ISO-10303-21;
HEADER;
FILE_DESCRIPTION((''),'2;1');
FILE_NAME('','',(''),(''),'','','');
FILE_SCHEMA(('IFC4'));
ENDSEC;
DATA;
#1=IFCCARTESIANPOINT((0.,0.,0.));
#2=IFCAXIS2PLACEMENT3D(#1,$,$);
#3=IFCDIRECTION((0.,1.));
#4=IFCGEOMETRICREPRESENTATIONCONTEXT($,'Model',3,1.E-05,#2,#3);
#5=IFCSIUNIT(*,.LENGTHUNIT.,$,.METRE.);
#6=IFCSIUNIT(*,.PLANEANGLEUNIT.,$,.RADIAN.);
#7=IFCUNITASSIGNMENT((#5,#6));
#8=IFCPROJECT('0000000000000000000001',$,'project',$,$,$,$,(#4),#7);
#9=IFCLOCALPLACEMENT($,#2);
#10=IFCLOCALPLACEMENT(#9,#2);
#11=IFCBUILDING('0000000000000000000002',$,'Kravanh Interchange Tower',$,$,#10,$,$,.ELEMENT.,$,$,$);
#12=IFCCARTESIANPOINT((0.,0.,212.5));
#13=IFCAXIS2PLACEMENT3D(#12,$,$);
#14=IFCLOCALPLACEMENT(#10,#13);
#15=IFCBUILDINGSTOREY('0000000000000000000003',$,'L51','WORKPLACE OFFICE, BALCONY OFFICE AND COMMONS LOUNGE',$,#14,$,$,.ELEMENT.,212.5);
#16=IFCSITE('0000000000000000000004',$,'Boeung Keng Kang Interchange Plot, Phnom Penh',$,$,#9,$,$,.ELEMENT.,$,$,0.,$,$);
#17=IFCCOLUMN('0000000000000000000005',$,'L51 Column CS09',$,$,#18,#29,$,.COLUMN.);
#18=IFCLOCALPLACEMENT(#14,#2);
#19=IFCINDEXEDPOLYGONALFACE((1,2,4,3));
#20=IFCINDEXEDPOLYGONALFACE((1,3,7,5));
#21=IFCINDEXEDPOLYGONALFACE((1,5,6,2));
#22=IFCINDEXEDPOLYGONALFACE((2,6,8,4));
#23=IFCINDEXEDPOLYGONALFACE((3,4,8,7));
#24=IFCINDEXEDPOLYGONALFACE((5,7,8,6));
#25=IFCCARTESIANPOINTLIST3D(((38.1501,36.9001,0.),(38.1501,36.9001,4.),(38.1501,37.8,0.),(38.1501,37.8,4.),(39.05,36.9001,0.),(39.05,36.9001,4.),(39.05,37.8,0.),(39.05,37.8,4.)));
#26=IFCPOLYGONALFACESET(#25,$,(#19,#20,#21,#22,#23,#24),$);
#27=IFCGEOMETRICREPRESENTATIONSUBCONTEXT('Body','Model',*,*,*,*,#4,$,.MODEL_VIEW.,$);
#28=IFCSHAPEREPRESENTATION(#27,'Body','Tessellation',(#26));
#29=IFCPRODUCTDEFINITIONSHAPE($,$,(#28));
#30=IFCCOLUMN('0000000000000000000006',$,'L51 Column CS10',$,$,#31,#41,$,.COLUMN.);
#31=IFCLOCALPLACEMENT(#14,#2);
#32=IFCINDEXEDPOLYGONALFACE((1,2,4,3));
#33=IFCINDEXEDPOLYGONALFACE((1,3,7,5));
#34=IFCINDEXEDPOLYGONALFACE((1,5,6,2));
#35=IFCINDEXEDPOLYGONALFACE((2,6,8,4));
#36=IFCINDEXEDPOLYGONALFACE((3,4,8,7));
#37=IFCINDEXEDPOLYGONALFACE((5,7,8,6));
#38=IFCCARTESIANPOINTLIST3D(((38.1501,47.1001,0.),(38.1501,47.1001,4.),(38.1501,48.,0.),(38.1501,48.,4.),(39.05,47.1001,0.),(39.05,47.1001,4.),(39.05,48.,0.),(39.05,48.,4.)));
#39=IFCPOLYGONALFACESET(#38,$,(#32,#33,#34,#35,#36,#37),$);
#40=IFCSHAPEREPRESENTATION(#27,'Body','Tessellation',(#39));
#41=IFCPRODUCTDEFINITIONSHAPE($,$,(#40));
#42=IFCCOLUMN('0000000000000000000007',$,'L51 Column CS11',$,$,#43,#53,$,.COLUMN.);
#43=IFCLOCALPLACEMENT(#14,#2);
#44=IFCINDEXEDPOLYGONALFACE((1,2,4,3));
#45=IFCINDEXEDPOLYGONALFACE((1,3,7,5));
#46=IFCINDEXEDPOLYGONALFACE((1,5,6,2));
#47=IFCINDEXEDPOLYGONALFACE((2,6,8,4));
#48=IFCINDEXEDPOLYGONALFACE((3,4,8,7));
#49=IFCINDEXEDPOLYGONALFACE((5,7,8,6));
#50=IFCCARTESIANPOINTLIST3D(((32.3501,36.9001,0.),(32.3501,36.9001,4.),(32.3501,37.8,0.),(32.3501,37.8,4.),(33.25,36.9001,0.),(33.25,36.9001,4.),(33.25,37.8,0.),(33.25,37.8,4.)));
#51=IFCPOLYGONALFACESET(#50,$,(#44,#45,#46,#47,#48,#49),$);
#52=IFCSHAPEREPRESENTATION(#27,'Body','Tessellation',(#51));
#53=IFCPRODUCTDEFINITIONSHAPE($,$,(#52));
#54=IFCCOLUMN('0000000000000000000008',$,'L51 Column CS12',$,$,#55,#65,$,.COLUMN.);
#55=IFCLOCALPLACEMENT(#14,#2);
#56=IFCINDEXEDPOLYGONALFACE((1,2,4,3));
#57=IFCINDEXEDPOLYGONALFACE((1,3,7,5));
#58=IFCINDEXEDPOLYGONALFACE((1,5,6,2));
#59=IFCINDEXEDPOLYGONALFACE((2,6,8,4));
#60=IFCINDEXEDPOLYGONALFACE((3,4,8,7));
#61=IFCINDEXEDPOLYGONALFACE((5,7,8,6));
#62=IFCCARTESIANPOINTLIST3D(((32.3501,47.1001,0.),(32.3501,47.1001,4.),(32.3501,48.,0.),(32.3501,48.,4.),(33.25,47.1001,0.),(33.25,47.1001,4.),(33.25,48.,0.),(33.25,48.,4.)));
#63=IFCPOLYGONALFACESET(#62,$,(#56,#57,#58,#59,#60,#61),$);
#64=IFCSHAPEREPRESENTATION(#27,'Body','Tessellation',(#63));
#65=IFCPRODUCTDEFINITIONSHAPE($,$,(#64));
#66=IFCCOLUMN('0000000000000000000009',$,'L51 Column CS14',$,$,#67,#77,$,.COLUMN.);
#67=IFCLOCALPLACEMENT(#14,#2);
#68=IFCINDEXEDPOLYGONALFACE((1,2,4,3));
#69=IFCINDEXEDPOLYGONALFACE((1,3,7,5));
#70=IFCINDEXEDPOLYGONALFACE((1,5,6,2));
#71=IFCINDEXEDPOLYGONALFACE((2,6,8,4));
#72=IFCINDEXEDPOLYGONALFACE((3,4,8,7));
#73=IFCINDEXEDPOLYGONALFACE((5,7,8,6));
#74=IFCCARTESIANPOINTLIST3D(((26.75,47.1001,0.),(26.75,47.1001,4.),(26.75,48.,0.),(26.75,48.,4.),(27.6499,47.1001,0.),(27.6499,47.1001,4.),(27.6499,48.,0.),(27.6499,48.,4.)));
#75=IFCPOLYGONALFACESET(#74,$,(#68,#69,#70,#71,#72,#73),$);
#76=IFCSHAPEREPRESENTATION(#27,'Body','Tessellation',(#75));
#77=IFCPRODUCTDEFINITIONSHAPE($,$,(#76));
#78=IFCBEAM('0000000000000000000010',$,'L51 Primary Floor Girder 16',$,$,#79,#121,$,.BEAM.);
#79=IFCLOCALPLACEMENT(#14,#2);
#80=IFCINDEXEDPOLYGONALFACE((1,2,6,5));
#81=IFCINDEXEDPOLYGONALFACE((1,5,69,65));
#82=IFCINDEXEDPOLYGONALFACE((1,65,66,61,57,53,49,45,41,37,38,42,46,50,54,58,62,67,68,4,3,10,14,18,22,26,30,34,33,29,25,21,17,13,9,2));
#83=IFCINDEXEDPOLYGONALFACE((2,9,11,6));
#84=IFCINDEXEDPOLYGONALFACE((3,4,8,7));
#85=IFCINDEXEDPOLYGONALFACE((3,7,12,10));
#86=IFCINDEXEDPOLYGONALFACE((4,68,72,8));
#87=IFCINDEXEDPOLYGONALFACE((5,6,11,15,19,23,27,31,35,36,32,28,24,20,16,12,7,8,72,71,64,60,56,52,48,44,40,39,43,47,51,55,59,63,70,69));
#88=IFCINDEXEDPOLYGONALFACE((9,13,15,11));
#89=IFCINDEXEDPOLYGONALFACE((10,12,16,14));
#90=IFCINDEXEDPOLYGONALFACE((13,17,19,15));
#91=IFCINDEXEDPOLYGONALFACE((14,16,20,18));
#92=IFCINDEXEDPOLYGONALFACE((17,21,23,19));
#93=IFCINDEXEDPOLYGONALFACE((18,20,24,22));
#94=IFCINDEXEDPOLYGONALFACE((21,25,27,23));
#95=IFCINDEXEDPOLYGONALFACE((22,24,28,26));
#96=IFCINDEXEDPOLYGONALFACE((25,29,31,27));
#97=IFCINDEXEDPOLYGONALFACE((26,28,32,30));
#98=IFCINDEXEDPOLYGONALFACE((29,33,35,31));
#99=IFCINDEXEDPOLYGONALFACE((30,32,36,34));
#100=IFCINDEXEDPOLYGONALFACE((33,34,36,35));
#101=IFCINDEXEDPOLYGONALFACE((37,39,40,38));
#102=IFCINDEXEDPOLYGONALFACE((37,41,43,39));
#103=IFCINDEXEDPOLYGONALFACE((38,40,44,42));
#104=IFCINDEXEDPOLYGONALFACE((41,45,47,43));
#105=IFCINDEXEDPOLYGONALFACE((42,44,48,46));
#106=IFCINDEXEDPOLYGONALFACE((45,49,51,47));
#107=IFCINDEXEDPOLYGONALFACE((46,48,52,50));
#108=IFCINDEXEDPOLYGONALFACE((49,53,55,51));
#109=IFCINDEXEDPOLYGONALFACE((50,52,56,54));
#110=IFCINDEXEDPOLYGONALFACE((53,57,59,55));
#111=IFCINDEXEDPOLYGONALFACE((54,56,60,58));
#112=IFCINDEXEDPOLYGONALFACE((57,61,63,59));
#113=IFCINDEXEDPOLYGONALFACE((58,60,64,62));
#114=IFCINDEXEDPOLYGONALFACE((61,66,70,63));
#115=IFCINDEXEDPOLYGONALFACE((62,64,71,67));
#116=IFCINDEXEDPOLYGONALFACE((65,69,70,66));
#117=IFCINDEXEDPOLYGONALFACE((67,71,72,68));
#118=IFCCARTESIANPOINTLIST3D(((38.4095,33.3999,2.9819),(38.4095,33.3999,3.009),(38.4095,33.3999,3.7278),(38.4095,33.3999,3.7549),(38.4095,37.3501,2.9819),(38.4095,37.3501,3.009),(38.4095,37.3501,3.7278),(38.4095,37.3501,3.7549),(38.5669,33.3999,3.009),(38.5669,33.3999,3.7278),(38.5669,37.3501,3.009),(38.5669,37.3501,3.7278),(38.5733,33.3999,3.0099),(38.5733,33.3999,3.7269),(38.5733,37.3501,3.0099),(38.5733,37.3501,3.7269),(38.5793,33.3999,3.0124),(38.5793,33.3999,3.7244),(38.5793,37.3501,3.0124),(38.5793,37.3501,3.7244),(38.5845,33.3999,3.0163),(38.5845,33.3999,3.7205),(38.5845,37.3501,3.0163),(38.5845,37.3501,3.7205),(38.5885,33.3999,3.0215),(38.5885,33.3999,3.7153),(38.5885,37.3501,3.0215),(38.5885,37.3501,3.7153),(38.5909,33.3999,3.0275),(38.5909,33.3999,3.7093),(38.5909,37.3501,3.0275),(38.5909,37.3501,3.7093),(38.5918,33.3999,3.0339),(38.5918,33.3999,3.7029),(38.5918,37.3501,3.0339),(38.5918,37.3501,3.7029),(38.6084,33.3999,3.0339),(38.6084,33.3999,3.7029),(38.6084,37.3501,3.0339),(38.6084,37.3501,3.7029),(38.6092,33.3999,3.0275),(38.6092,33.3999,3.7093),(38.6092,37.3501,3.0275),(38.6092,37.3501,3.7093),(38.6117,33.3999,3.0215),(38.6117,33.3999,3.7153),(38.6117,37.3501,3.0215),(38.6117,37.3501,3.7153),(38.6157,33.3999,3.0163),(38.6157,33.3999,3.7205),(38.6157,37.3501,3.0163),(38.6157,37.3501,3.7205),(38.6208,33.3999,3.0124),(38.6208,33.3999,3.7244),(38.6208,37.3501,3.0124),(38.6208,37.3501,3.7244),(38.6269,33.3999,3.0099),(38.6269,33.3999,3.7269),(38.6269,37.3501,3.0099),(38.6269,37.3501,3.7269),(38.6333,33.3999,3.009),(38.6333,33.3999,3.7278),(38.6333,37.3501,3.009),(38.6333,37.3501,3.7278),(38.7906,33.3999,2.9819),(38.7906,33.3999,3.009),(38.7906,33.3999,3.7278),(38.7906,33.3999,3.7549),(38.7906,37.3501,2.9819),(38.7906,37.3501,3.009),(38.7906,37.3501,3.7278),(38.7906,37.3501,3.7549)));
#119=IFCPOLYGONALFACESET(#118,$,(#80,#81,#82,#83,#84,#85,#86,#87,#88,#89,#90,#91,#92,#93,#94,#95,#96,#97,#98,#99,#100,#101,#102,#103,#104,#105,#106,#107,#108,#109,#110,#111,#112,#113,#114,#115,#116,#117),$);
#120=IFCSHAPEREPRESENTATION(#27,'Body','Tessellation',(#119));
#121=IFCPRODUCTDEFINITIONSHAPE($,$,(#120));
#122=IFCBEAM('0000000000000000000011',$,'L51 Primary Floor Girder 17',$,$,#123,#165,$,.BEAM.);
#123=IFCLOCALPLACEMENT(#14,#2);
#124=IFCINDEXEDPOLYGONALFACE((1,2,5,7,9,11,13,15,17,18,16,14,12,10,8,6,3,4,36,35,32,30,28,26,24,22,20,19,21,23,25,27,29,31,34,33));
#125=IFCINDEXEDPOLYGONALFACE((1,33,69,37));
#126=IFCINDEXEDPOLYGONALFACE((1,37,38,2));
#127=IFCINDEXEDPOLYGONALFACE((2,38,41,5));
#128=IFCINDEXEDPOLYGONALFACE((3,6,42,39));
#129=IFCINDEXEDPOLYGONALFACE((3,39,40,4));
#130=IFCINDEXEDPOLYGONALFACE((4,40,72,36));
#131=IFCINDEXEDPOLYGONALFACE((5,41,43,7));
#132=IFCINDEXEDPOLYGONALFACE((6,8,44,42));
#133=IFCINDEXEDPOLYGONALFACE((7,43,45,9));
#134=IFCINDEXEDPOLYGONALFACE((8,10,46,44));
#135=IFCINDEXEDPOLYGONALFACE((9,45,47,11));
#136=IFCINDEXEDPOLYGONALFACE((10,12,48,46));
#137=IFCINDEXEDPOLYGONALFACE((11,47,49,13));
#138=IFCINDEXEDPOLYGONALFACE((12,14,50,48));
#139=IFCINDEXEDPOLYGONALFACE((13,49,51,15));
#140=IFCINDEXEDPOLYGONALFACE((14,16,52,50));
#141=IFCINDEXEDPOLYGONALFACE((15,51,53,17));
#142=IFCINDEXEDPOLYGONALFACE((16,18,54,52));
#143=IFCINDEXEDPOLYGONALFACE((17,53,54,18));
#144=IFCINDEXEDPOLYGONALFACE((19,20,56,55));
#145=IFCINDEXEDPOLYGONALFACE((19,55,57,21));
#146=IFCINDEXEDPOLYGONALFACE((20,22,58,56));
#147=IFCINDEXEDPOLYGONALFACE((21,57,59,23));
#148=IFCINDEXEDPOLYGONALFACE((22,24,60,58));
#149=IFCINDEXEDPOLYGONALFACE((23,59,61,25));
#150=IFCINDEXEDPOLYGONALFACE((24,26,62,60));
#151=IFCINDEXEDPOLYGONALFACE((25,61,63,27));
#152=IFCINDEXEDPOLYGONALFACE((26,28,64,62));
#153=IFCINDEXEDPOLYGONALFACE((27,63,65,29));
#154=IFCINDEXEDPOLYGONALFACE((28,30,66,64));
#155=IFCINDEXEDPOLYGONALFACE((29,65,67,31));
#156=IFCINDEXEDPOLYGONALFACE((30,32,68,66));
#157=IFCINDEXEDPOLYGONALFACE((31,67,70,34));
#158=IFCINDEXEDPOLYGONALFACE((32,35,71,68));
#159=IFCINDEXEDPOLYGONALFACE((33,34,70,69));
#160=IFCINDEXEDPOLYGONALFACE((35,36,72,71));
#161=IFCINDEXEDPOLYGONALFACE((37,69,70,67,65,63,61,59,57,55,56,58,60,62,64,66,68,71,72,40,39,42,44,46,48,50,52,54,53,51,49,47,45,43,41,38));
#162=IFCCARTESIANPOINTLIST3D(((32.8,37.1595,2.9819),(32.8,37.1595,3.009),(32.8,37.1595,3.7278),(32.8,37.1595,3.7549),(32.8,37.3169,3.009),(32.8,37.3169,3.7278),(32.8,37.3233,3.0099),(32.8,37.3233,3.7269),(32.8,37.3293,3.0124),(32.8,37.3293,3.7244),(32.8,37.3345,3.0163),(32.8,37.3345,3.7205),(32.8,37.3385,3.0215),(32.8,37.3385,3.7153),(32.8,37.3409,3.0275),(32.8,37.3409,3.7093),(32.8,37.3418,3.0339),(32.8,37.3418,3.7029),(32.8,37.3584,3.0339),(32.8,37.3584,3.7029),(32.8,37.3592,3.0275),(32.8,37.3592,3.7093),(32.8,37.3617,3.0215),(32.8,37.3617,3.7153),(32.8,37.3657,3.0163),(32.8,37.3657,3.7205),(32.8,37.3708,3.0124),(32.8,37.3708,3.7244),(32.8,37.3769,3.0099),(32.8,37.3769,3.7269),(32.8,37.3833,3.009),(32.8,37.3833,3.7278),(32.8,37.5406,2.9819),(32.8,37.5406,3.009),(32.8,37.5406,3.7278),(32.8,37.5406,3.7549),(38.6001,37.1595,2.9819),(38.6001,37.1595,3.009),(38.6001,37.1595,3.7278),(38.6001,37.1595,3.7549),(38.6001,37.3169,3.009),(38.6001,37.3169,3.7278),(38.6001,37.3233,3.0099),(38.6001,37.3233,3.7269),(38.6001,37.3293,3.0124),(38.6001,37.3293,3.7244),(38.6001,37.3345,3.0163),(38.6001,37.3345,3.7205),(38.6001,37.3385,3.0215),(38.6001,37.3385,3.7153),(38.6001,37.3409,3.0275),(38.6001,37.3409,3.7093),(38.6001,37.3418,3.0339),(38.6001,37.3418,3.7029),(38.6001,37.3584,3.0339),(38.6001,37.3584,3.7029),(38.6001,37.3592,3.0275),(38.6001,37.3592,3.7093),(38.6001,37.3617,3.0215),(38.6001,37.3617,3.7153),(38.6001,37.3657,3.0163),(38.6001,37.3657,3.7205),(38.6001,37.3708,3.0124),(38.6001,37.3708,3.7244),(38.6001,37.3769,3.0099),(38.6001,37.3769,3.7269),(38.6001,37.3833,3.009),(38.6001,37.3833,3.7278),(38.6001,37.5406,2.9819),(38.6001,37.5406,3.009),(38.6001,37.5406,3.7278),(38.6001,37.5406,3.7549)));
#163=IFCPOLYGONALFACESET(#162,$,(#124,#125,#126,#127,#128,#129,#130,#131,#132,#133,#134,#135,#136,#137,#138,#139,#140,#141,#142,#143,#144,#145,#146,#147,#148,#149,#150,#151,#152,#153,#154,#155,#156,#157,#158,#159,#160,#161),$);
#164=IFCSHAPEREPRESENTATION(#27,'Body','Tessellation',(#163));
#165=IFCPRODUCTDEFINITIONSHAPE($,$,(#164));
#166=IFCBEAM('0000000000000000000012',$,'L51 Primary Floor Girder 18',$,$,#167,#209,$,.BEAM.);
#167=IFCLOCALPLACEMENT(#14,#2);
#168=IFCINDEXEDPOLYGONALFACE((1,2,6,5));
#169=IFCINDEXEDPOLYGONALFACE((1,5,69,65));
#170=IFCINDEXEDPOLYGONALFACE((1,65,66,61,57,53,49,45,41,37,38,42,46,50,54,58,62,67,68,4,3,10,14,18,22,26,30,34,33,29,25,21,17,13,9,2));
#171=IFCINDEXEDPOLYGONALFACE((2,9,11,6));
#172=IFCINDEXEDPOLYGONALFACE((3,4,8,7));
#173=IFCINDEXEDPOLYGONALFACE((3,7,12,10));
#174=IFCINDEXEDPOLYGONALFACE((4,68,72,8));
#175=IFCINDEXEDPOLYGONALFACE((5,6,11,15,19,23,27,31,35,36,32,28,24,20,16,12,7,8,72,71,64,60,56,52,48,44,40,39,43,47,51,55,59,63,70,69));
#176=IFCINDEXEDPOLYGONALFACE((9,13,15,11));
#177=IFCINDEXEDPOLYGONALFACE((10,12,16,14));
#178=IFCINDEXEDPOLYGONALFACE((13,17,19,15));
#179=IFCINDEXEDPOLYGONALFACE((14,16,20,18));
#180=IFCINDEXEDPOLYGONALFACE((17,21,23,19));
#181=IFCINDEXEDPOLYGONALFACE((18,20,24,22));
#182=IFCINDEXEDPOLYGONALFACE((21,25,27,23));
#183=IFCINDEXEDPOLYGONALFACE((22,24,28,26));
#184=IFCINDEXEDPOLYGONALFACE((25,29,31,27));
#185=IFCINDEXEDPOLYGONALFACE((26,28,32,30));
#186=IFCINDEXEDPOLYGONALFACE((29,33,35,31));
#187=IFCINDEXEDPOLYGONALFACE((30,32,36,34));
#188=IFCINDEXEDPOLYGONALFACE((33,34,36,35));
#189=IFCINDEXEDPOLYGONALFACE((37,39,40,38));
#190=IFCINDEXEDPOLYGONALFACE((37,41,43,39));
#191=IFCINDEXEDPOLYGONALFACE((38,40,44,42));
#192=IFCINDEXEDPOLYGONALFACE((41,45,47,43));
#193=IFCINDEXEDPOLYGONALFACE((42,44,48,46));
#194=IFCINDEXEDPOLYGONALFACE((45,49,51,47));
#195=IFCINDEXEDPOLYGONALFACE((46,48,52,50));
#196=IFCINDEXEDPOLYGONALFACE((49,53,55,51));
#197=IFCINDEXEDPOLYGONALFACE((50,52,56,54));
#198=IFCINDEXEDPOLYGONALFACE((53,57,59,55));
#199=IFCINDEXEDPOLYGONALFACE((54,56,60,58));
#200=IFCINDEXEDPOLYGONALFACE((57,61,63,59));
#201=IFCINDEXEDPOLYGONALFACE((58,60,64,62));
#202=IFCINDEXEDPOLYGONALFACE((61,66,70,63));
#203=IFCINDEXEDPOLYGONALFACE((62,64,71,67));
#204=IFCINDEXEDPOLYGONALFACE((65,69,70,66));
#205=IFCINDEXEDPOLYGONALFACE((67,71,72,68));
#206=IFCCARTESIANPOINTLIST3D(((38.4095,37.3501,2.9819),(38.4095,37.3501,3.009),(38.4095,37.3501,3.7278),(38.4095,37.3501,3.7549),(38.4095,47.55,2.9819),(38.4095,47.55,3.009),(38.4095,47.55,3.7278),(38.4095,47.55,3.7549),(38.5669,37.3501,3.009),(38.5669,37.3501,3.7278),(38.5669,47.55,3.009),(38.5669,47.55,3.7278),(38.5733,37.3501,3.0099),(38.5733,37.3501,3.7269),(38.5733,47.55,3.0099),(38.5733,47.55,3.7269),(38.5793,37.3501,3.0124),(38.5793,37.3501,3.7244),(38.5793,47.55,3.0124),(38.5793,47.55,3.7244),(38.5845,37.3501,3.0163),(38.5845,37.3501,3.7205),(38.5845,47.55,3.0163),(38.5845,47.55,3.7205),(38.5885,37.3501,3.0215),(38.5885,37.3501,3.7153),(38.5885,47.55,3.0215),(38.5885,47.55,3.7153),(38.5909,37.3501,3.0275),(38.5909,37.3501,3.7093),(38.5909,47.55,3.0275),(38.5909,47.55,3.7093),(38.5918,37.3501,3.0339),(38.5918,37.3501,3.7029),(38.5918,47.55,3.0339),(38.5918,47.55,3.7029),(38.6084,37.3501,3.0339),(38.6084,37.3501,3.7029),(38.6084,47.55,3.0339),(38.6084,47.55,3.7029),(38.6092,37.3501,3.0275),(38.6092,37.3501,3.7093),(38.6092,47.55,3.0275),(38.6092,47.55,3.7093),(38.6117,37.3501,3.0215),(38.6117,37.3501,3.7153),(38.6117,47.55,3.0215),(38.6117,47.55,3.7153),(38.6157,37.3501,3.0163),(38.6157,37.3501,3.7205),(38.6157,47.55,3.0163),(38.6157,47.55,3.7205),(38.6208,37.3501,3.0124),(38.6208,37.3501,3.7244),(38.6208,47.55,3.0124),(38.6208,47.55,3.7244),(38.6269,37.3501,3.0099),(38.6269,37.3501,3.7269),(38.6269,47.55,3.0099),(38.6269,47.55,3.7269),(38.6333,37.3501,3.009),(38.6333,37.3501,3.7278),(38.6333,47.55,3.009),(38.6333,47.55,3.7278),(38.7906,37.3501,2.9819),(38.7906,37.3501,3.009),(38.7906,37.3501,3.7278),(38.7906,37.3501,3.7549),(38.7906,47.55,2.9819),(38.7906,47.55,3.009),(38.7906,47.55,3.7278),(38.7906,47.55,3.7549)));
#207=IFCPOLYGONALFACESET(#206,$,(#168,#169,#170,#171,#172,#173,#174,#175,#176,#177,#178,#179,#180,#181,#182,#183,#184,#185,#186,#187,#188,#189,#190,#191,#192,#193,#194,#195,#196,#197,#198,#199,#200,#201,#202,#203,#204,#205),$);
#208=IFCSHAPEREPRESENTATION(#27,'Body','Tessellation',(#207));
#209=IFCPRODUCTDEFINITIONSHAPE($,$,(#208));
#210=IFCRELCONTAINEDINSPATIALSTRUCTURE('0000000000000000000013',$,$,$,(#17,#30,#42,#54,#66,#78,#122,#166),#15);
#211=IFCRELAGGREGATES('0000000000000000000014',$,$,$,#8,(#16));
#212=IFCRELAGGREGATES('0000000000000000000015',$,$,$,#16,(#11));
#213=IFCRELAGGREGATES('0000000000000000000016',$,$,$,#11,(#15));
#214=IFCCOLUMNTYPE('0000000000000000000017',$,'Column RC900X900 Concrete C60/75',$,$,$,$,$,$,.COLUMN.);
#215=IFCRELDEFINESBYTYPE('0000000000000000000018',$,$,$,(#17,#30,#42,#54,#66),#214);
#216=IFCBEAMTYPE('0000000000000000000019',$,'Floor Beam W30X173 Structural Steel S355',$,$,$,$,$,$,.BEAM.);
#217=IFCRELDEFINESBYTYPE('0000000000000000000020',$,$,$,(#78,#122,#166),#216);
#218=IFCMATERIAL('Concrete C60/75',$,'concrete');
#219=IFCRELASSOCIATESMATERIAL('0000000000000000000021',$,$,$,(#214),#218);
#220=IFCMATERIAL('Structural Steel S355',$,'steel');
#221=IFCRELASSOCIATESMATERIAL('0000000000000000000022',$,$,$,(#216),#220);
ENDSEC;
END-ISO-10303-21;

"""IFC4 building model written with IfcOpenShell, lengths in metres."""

from ifc_helpers import new_model, si_unit, direction, frame, origin, origin_2d, place, context, subcontext, project, spatial, rectangle, i_section, extrude, material, material_profile, profile_set, type_object, element, save


model = new_model("IFC4")

# Units and contexts
model_context = context("Model", 3, precision=1e-05, world=origin(), true_north=direction((0.0, 1.0)))
body_context = subcontext(model_context, "Body", "Model", "MODEL_VIEW")
ifc_project = project(units=[si_unit("LENGTHUNIT", "METRE"), si_unit("PLANEANGLEUNIT", "RADIAN")], contexts=[model_context])

# Site, building, storey
site_placement = place(None, origin())
site = spatial("IfcSite", under=ifc_project, at=site_placement, Name="Boeung Keng Kang Interchange Plot, Phnom Penh", CompositionType="ELEMENT", RefElevation=0.0)
building_placement = place(site_placement, origin())
building = spatial("IfcBuilding", under=site, at=building_placement, Name="Kravanh Interchange Tower", CompositionType="ELEMENT")
storey_placement = place(building_placement, frame((0.0, 0.0, 212.5)))
storey = spatial("IfcBuildingStorey", under=building, at=storey_placement, Name="L51", Description="WORKPLACE OFFICE, BALCONY OFFICE AND COMMONS LOUNGE", CompositionType="ELEMENT", Elevation=212.5)

# Columns
ifc_material_1 = material(Name="Concrete C60/75", Category="concrete")
ifc_material_profile_1 = material_profile(ifc_material_1, rectangle(XDim=0.8999, YDim=0.8999, at=origin_2d()), Name="RC900X900")
ifc_profile_set_1 = profile_set([ifc_material_profile_1], Name="Concrete C60/75")
column_type = type_object("IfcColumnType", Name="Column RC900X900 Concrete C60/75", PredefinedType="COLUMN", material=ifc_profile_set_1)
for number, where, z_axis, x_axis, name in (
    (1, (38.6001, 37.3501, 0.0), (0.0, 0.0, 1.0), (1.0, 0.0, 0.0), "L51 Column CS09"),
    (2, (38.6001, 47.55, 0.0), (0.0, 0.0, 1.0), (1.0, 0.0, 0.0), "L51 Column CS10"),
    (3, (32.8, 37.3501, 0.0), (0.0, 0.0, 1.0), (1.0, 0.0, 0.0), "L51 Column CS11"),
    (4, (32.8, 47.55, 0.0), (0.0, 0.0, 1.0), (1.0, 0.0, 0.0), "L51 Column CS12"),
    (5, (27.2, 47.55, 0.0), (0.0, 0.0, 1.0), (1.0, 0.0, 0.0), "L51 Column CS14"),
):
    element("IfcColumn", number, at=place(storey_placement, frame(where, z_axis=z_axis, x_axis=x_axis)), inside=storey, type_object=column_type, Name=name, PredefinedType="COLUMN", context=body_context, shape_type="SweptSolid", body=[
        extrude(rectangle(XDim=0.8999, YDim=0.8999, at=origin_2d()), origin(), (0.0, 0.0, 1.0), 4.0),
    ])

# Beams
ifc_material_2 = material(Name="Structural Steel S355", Category="steel")
ifc_material_profile_2 = material_profile(ifc_material_2, i_section(OverallWidth=0.3811, OverallDepth=0.7729, WebThickness=0.0166, FlangeThickness=0.0271, FilletRadius=0.0249, at=origin_2d()), Name="W30X173")
ifc_profile_set_2 = profile_set([ifc_material_profile_2], Name="Structural Steel S355")
beam_type = type_object("IfcBeamType", Name="Floor Beam W30X173 Structural Steel S355", PredefinedType="BEAM", material=ifc_profile_set_2)
beam_1_placement = place(storey_placement, frame((38.6001, 37.3501, 3.3684), z_axis=(0.0, -1.0, 0.0), x_axis=(1.0, 0.0, 0.0)))
element("IfcBeam", 6, at=beam_1_placement, inside=storey, type_object=beam_type, Name="L51 Primary Floor Girder 16", PredefinedType="BEAM", context=body_context, shape_type="SweptSolid", body=[
    extrude(i_section(OverallWidth=0.3811, OverallDepth=0.7729, WebThickness=0.0166, FlangeThickness=0.0271, FilletRadius=0.0249, at=origin_2d()), origin(), (0.0, 0.0, 1.0), 3.9502),
])
beam_2_placement = place(storey_placement, frame((38.6001, 37.3501, 3.3684), z_axis=(-1.0, 0.0, 0.0), x_axis=(0.0, -1.0, 0.0)))
element("IfcBeam", 7, at=beam_2_placement, inside=storey, type_object=beam_type, Name="L51 Primary Floor Girder 17", PredefinedType="BEAM", context=body_context, shape_type="SweptSolid", body=[
    extrude(i_section(OverallWidth=0.3811, OverallDepth=0.7729, WebThickness=0.0166, FlangeThickness=0.0271, FilletRadius=0.0249, at=origin_2d()), origin(), (0.0, 0.0, 1.0), 5.8),
])
beam_3_placement = place(storey_placement, frame((38.6001, 37.3501, 3.3684), z_axis=(0.0, 1.0, 0.0), x_axis=(-1.0, 0.0, 0.0)))
element("IfcBeam", 8, at=beam_3_placement, inside=storey, type_object=beam_type, Name="L51 Primary Floor Girder 18", PredefinedType="BEAM", context=body_context, shape_type="SweptSolid", body=[
    extrude(i_section(OverallWidth=0.3811, OverallDepth=0.7729, WebThickness=0.0166, FlangeThickness=0.0271, FilletRadius=0.0249, at=origin_2d()), origin(), (0.0, 0.0, 1.0), 10.2),
])

save(model, "model.ifc")
